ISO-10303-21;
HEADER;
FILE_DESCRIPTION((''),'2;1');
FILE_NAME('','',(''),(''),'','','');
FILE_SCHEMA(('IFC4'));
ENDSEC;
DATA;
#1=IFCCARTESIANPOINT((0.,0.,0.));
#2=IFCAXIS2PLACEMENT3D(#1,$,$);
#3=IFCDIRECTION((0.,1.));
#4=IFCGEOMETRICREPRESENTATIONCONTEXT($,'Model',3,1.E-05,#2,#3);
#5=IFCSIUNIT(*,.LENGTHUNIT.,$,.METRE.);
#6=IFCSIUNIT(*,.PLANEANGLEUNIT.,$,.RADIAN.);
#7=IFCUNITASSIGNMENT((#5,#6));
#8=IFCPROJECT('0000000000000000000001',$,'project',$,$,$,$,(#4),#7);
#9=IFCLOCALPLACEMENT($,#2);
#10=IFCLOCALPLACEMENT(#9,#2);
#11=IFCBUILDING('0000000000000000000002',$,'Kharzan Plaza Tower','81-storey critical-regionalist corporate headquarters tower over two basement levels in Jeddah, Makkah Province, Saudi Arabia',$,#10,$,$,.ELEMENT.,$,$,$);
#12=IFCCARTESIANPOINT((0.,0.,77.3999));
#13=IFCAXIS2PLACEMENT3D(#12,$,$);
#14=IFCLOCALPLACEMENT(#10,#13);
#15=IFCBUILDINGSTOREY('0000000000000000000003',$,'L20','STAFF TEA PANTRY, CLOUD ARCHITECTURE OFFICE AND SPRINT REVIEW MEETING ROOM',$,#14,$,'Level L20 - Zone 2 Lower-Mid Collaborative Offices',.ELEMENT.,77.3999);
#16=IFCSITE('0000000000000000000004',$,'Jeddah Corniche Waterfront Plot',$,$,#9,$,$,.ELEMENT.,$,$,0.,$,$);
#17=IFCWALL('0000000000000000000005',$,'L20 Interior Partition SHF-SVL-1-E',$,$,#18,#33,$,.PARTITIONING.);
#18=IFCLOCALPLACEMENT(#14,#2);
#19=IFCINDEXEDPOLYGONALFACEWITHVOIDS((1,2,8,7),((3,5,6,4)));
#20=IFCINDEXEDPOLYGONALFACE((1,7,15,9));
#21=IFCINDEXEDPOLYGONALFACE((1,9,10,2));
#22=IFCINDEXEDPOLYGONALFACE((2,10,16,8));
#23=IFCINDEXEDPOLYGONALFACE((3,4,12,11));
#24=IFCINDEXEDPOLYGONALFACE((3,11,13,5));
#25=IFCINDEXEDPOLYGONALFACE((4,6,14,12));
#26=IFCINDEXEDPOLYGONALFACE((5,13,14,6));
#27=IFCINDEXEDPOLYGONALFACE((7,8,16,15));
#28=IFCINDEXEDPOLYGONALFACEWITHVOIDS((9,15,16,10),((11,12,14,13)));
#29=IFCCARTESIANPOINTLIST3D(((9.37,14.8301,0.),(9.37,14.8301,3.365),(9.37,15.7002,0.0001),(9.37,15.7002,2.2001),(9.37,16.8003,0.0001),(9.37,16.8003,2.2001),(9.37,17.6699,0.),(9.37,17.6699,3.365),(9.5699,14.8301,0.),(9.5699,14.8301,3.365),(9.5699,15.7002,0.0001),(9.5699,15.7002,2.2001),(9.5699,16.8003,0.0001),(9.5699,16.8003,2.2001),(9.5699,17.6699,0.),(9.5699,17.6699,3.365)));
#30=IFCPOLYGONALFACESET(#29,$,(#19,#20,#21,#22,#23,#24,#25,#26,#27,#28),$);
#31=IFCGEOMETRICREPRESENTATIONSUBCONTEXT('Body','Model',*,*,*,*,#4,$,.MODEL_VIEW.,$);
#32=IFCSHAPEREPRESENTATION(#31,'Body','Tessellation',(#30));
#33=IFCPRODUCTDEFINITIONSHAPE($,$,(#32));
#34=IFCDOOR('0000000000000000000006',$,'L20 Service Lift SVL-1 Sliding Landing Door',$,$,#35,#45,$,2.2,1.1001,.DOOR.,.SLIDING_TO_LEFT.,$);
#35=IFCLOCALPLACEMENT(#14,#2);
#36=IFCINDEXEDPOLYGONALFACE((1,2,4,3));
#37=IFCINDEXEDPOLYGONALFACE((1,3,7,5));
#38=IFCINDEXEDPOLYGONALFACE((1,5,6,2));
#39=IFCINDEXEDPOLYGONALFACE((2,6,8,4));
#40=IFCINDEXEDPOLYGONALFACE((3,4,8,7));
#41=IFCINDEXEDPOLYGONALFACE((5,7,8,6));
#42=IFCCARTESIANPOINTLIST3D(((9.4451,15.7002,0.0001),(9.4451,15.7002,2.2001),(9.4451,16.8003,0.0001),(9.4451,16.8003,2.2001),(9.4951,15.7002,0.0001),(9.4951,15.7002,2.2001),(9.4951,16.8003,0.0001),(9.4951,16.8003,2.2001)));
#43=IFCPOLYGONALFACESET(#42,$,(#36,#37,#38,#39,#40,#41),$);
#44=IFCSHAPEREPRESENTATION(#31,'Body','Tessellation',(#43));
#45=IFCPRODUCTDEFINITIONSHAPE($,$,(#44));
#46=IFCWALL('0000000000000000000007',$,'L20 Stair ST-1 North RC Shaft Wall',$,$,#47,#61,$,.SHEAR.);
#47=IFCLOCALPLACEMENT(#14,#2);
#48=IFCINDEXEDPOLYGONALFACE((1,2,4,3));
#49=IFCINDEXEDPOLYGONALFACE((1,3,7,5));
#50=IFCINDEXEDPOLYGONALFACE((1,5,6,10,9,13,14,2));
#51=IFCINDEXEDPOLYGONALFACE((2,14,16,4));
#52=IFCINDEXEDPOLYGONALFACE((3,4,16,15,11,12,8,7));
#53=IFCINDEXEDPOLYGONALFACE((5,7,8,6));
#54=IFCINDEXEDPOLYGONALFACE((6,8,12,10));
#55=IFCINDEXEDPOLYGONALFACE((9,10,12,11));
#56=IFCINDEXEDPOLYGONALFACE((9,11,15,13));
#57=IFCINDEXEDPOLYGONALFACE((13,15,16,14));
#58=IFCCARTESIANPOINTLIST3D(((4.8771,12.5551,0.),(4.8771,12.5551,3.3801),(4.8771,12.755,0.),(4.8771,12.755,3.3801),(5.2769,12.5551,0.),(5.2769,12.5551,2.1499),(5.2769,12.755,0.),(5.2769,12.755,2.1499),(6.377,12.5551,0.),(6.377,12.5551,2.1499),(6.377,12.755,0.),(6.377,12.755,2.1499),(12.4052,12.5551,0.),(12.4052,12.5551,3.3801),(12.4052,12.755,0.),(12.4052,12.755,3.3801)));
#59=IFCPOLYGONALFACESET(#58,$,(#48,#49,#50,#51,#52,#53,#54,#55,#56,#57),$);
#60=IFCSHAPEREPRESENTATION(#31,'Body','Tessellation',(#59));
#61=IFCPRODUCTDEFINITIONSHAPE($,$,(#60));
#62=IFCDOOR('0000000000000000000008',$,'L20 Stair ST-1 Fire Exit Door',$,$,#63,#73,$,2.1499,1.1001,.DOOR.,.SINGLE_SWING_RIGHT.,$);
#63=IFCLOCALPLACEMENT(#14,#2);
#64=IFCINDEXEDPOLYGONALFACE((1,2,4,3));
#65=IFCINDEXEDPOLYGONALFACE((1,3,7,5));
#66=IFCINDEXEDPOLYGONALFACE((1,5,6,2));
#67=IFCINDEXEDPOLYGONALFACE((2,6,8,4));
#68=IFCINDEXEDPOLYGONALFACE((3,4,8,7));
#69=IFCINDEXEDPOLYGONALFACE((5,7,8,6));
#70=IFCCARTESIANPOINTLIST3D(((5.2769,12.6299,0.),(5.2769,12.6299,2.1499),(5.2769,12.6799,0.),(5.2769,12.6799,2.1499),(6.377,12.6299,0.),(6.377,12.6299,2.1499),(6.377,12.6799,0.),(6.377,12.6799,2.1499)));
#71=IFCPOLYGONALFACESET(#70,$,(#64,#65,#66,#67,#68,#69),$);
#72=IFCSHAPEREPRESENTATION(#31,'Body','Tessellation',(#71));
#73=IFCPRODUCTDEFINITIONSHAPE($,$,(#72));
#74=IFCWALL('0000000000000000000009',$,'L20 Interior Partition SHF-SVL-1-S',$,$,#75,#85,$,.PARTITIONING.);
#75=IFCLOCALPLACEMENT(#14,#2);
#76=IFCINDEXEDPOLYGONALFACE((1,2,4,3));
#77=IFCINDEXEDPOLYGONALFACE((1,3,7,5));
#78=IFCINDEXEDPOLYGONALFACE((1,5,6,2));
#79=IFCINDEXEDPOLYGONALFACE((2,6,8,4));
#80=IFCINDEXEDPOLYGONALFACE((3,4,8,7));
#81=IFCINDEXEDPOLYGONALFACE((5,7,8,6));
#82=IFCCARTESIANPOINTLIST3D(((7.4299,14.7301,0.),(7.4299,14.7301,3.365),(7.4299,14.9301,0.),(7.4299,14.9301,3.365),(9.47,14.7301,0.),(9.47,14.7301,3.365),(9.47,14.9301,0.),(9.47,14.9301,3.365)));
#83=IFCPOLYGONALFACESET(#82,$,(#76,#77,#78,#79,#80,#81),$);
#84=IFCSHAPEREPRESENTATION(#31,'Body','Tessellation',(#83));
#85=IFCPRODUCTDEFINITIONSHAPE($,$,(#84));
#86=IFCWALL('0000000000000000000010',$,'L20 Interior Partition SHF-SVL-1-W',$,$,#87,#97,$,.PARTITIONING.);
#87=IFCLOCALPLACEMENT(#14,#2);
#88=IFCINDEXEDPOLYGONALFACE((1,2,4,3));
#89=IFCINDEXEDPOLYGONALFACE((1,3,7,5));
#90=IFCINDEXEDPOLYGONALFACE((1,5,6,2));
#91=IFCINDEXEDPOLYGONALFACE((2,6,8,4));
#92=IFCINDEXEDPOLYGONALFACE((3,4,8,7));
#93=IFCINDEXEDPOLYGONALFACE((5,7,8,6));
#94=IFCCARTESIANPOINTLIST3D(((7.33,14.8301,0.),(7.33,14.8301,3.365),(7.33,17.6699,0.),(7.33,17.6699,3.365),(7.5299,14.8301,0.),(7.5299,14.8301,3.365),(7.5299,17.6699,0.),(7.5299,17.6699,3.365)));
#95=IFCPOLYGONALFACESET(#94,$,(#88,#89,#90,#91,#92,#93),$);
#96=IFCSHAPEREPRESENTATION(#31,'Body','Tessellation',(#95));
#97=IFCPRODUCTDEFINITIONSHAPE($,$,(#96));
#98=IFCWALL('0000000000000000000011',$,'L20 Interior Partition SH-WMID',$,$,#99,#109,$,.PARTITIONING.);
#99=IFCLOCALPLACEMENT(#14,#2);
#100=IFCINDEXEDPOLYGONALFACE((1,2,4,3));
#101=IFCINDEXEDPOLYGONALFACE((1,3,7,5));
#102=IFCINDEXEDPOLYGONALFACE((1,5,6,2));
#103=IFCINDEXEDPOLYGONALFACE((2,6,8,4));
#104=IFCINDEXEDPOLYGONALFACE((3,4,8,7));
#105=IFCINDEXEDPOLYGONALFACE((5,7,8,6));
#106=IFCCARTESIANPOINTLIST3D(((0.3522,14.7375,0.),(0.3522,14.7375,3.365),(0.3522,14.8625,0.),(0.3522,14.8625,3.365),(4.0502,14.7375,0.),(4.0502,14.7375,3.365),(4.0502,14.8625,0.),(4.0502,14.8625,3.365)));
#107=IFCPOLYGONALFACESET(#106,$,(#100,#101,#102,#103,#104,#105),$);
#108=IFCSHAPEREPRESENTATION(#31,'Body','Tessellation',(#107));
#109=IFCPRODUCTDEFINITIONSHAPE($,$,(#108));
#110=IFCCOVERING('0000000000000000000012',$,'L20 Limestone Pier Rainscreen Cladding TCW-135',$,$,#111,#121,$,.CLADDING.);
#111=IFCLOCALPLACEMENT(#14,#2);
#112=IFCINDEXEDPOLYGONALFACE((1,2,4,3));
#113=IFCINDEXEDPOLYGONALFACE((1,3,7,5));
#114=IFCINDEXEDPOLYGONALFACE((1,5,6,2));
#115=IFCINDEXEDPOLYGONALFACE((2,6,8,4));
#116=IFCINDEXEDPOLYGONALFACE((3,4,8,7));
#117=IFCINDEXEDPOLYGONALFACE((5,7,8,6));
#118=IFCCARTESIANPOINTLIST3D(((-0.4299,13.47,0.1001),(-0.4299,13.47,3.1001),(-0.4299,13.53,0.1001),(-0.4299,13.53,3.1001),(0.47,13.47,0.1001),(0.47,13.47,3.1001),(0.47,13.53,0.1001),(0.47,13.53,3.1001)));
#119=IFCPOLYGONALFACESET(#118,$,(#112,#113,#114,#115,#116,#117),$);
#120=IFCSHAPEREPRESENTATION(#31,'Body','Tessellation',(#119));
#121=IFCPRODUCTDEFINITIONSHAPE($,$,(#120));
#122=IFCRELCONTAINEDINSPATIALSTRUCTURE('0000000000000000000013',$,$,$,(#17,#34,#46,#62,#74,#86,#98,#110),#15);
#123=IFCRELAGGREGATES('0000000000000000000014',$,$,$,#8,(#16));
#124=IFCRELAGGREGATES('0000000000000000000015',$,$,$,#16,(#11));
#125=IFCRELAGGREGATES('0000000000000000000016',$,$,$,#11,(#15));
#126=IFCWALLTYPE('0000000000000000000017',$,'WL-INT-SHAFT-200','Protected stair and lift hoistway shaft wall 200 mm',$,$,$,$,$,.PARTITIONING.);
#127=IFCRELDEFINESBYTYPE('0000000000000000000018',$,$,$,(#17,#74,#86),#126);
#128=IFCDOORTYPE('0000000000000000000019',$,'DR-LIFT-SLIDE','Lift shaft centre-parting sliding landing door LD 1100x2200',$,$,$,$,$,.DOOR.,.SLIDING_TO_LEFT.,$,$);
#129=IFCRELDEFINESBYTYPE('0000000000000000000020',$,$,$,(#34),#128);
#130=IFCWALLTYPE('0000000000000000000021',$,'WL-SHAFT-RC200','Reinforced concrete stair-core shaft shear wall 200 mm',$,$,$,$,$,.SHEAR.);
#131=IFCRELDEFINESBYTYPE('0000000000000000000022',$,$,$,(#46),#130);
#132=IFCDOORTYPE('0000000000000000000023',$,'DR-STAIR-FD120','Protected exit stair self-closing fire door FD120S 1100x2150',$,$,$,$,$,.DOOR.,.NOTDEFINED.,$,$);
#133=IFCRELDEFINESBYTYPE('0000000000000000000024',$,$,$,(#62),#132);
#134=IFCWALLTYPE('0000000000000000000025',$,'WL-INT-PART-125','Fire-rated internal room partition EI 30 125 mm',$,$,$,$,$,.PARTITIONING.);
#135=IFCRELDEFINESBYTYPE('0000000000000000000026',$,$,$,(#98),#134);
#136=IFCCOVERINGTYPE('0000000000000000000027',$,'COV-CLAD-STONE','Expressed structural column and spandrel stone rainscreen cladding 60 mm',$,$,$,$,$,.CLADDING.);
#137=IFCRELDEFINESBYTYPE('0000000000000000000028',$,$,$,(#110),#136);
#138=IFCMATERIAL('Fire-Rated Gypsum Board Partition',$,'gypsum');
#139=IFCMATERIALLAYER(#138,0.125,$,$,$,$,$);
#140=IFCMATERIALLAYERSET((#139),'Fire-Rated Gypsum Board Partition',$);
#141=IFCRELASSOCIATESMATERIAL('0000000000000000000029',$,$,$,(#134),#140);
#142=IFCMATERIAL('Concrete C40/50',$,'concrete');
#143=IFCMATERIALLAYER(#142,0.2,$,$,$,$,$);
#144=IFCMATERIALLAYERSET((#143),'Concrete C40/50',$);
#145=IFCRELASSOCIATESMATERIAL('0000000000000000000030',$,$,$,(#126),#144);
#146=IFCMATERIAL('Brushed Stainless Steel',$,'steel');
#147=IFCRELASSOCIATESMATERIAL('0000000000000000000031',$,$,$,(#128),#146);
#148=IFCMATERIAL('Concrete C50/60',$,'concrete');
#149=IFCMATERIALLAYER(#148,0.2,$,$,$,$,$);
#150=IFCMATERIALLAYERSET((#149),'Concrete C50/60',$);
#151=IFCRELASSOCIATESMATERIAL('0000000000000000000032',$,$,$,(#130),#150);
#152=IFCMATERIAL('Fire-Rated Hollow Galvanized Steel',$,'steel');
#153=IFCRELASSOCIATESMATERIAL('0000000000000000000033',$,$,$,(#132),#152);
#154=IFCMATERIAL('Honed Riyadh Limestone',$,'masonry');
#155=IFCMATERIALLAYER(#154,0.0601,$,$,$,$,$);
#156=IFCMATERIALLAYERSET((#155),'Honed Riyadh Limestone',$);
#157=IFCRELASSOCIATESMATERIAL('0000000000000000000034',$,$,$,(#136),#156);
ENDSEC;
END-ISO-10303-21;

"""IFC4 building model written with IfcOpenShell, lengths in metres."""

from ifc_helpers import new_model, si_unit, direction, frame, frame_2d, origin, origin_2d, place, context, subcontext, project, spatial, rectangle, extrude, source, transform, mapped, material, layer, layer_set, type_object, element, fill, save


model = new_model("IFC4")

# Units and contexts
model_context = context("Model", 3, precision=1e-05, world=origin(), true_north=direction((0.0, 1.0)))
body_context = subcontext(model_context, "Body", "Model", "MODEL_VIEW")
ifc_project = project(units=[si_unit("LENGTHUNIT", "METRE"), si_unit("PLANEANGLEUNIT", "RADIAN")], contexts=[model_context])

# Site, building, storey
site_placement = place(None, origin())
site = spatial("IfcSite", under=ifc_project, at=site_placement, Name="Jeddah Corniche Waterfront Plot", CompositionType="ELEMENT", RefElevation=0.0)
building_placement = place(site_placement, origin())
building = spatial("IfcBuilding", under=site, at=building_placement, Name="Kharzan Plaza Tower", Description="81-storey critical-regionalist corporate headquarters tower over two basement levels in Jeddah, Makkah Province, Saudi Arabia", CompositionType="ELEMENT")
storey_placement = place(building_placement, frame((0.0, 0.0, 77.3999)))
storey = spatial("IfcBuildingStorey", under=building, at=storey_placement, Name="L20", Description="STAFF TEA PANTRY, CLOUD ARCHITECTURE OFFICE AND SPRINT REVIEW MEETING ROOM", LongName="Level L20 - Zone 2 Lower-Mid Collaborative Offices", CompositionType="ELEMENT", Elevation=77.3999)

# Shared definitions
ifc_material_1 = material(Name="Concrete C40/50", Category="concrete")

# Walls, openings, doors
ifc_material_2 = material(Name="Fire-Rated Gypsum Board Partition", Category="gypsum")
ifc_layer_1 = layer(ifc_material_2, 0.125)
ifc_layer_set_1 = layer_set([ifc_layer_1], Name="Fire-Rated Gypsum Board Partition")
wall_type_1 = type_object("IfcWallType", Name="WL-INT-PART-125", Description="Fire-rated internal room partition EI 30 125 mm", PredefinedType="PARTITIONING", material=ifc_layer_set_1)
ifc_layer_2 = layer(ifc_material_1, 0.2)
ifc_layer_set_2 = layer_set([ifc_layer_2], Name="Concrete C40/50")
wall_type_2 = type_object("IfcWallType", Name="WL-INT-SHAFT-200", Description="Protected stair and lift hoistway shaft wall 200 mm", PredefinedType="PARTITIONING", material=ifc_layer_set_2)
wall_1_placement = place(storey_placement, frame((9.47, 14.8301, 0.0), z_axis=(0.0, 0.0, 1.0), x_axis=(0.0, 1.0, 0.0)))
wall_1 = element("IfcWall", 1, at=wall_1_placement, inside=storey, type_object=wall_type_2, Name="L20 Interior Partition SHF-SVL-1-E", PredefinedType="PARTITIONING", context=body_context, shape_type="SweptSolid", body=[
    extrude(rectangle(XDim=2.8398, YDim=0.2, at=frame_2d((1.4199, 0.0))), origin(), (0.0, 0.0, 1.0), 3.365),
])
opening_1_placement = place(wall_1_placement, frame((0.8701, 0.0, 0.0)))
opening_1 = element("IfcOpeningElement", 2, at=opening_1_placement, cuts=wall_1, PredefinedType="OPENING", context=body_context, shape_type="SweptSolid", body=[
    extrude(rectangle(XDim=1.1001, YDim=2.2, at=frame_2d((0.55, 1.1001))), frame((0.0, 0.1099, 0.0), z_axis=(0.0, -1.0, 0.0), x_axis=(1.0, 0.0, 0.0)), (0.0, 0.0, 1.0), 0.22),
])
ifc_material_3 = material(Name="Brushed Stainless Steel", Category="steel")
door_type_1 = type_object("IfcDoorType", Name="DR-LIFT-SLIDE", Description="Lift shaft centre-parting sliding landing door LD 1100x2200", OperationType="SLIDING_TO_LEFT", PredefinedType="DOOR", material=ifc_material_3)
shared_shape_1 = source(origin(), body_context, "Body", "SweptSolid", [
    extrude(rectangle(XDim=1.1001, YDim=2.2, at=frame_2d((0.55, 1.1001))), frame((0.0, 0.0249, 0.0), z_axis=(0.0, -1.0, 0.0), x_axis=(1.0, 0.0, 0.0)), (0.0, 0.0, 1.0), 0.05),
])
door_1_placement = place(opening_1_placement, origin())
door_1 = element("IfcDoor", 3, at=door_1_placement, inside=storey, type_object=door_type_1, Name="L20 Service Lift SVL-1 Sliding Landing Door", OperationType="SLIDING_TO_LEFT", OverallHeight=2.2, OverallWidth=1.1001, PredefinedType="DOOR", context=body_context, shape_type="MappedRepresentation", body=[
    mapped(shared_shape_1, transform((0.0, 0.0, 0.0), x_axis=(1.0, 0.0, 0.0), y_axis=(0.0, 1.0, 0.0), z_axis=(0.0, 0.0, 1.0))),
])
fill(opening_1, door_1)
ifc_material_4 = material(Name="Concrete C50/60", Category="concrete")
ifc_layer_3 = layer(ifc_material_4, 0.2)
ifc_layer_set_3 = layer_set([ifc_layer_3], Name="Concrete C50/60")
wall_type_3 = type_object("IfcWallType", Name="WL-SHAFT-RC200", Description="Reinforced concrete stair-core shaft shear wall 200 mm", PredefinedType="SHEAR", material=ifc_layer_set_3)
wall_2_placement = place(storey_placement, frame((4.877, 12.655, 0.0), z_axis=(0.0, 0.0, 1.0), x_axis=(1.0, 0.0, 0.0)))
wall_2 = element("IfcWall", 4, at=wall_2_placement, inside=storey, type_object=wall_type_3, Name="L20 Stair ST-1 North RC Shaft Wall", PredefinedType="SHEAR", context=body_context, shape_type="SweptSolid", body=[
    extrude(rectangle(XDim=7.5281, YDim=0.2, at=frame_2d((3.7642, 0.0))), origin(), (0.0, 0.0, 1.0), 3.3801),
])
opening_2_placement = place(wall_2_placement, frame((0.3999, 0.0, 0.0)))
opening_2 = element("IfcOpeningElement", 5, at=opening_2_placement, cuts=wall_2, PredefinedType="OPENING", context=body_context, shape_type="SweptSolid", body=[
    extrude(rectangle(XDim=1.1001, YDim=2.1499, at=frame_2d((0.55, 1.075))), frame((0.0, 0.1099, 0.0), z_axis=(0.0, -1.0, 0.0), x_axis=(1.0, 0.0, 0.0)), (0.0, 0.0, 1.0), 0.22),
])
ifc_material_5 = material(Name="Fire-Rated Hollow Galvanized Steel", Category="steel")
door_type_2 = type_object("IfcDoorType", Name="DR-STAIR-FD120", Description="Protected exit stair self-closing fire door FD120S 1100x2150", OperationType="NOTDEFINED", PredefinedType="DOOR", material=ifc_material_5)
shared_shape_2 = source(origin(), body_context, "Body", "SweptSolid", [
    extrude(rectangle(XDim=1.1001, YDim=2.1499, at=frame_2d((0.55, 1.075))), frame((0.0, 0.0249, 0.0), z_axis=(0.0, -1.0, 0.0), x_axis=(1.0, 0.0, 0.0)), (0.0, 0.0, 1.0), 0.05),
])
door_2_placement = place(opening_2_placement, origin())
door_2 = element("IfcDoor", 6, at=door_2_placement, inside=storey, type_object=door_type_2, Name="L20 Stair ST-1 Fire Exit Door", OperationType="SINGLE_SWING_RIGHT", OverallHeight=2.1499, OverallWidth=1.1001, PredefinedType="DOOR", context=body_context, shape_type="MappedRepresentation", body=[
    mapped(shared_shape_2, transform((0.0, 0.0, 0.0), x_axis=(1.0, 0.0, 0.0), y_axis=(0.0, 1.0, 0.0), z_axis=(0.0, 0.0, 1.0))),
])
fill(opening_2, door_2)

# Walls
shared_shape_3 = source(origin(), body_context, "Body", "SweptSolid", [
    extrude(rectangle(XDim=2.04, YDim=0.2, at=frame_2d((1.02, 0.0))), origin(), (0.0, 0.0, 1.0), 3.365),
])
wall_3_placement = place(storey_placement, frame((7.4299, 14.8301, 0.0), z_axis=(0.0, 0.0, 1.0), x_axis=(1.0, 0.0, 0.0)))
element("IfcWall", 7, at=wall_3_placement, inside=storey, type_object=wall_type_2, Name="L20 Interior Partition SHF-SVL-1-S", PredefinedType="PARTITIONING", context=body_context, shape_type="MappedRepresentation", body=[
    mapped(shared_shape_3, transform((0.0, 0.0, 0.0), x_axis=(1.0, 0.0, 0.0), y_axis=(0.0, 1.0, 0.0), z_axis=(0.0, 0.0, 1.0))),
])
shared_shape_4 = source(origin(), body_context, "Body", "SweptSolid", [
    extrude(rectangle(XDim=2.8398, YDim=0.2, at=frame_2d((1.4199, 0.0))), origin(), (0.0, 0.0, 1.0), 3.365),
])
wall_4_placement = place(storey_placement, frame((7.4299, 14.8301, 0.0), z_axis=(0.0, 0.0, 1.0), x_axis=(0.0, 1.0, 0.0)))
element("IfcWall", 8, at=wall_4_placement, inside=storey, type_object=wall_type_2, Name="L20 Interior Partition SHF-SVL-1-W", PredefinedType="PARTITIONING", context=body_context, shape_type="MappedRepresentation", body=[
    mapped(shared_shape_4, transform((0.0, 0.0, 0.0), x_axis=(1.0, 0.0, 0.0), y_axis=(0.0, 1.0, 0.0), z_axis=(0.0, 0.0, 1.0))),
])
shared_shape_5 = source(origin(), body_context, "Body", "SweptSolid", [
    extrude(rectangle(XDim=3.698, YDim=0.125, at=frame_2d((1.8491, 0.0))), origin(), (0.0, 0.0, 1.0), 3.365),
])
wall_5_placement = place(storey_placement, frame((0.3521, 14.8, 0.0), z_axis=(0.0, 0.0, 1.0), x_axis=(1.0, 0.0, 0.0)))
element("IfcWall", 9, at=wall_5_placement, inside=storey, type_object=wall_type_1, Name="L20 Interior Partition SH-WMID", PredefinedType="PARTITIONING", context=body_context, shape_type="MappedRepresentation", body=[
    mapped(shared_shape_5, transform((0.0, 0.0, 0.0), x_axis=(1.0, 0.0, 0.0), y_axis=(0.0, 1.0, 0.0), z_axis=(0.0, 0.0, 1.0))),
])

# Covering
ifc_material_6 = material(Name="Honed Riyadh Limestone", Category="masonry")
ifc_layer_4 = layer(ifc_material_6, 0.0601)
ifc_layer_set_4 = layer_set([ifc_layer_4], Name="Honed Riyadh Limestone")
covering_type = type_object("IfcCoveringType", Name="COV-CLAD-STONE", Description="Expressed structural column and spandrel stone rainscreen cladding 60 mm", PredefinedType="CLADDING", material=ifc_layer_set_4)
shared_shape_6 = source(origin(), body_context, "Body", "SweptSolid", [
    extrude(rectangle(XDim=0.0601, YDim=0.8999, at=origin_2d()), origin(), (0.0, 0.0, 1.0), 3.0),
])
covering_placement = place(storey_placement, frame((0.02, 13.5, 0.1001), z_axis=(0.0, 0.0, 1.0), x_axis=(0.0, 1.0, 0.0)))
element("IfcCovering", 10, at=covering_placement, inside=storey, type_object=covering_type, Name="L20 Limestone Pier Rainscreen Cladding TCW-135", PredefinedType="CLADDING", context=body_context, shape_type="MappedRepresentation", body=[
    mapped(shared_shape_6, transform((0.0, 0.0, 0.0), x_axis=(1.0, 0.0, 0.0), y_axis=(0.0, 1.0, 0.0), z_axis=(0.0, 0.0, 1.0))),
])

save(model, "model.ifc")
